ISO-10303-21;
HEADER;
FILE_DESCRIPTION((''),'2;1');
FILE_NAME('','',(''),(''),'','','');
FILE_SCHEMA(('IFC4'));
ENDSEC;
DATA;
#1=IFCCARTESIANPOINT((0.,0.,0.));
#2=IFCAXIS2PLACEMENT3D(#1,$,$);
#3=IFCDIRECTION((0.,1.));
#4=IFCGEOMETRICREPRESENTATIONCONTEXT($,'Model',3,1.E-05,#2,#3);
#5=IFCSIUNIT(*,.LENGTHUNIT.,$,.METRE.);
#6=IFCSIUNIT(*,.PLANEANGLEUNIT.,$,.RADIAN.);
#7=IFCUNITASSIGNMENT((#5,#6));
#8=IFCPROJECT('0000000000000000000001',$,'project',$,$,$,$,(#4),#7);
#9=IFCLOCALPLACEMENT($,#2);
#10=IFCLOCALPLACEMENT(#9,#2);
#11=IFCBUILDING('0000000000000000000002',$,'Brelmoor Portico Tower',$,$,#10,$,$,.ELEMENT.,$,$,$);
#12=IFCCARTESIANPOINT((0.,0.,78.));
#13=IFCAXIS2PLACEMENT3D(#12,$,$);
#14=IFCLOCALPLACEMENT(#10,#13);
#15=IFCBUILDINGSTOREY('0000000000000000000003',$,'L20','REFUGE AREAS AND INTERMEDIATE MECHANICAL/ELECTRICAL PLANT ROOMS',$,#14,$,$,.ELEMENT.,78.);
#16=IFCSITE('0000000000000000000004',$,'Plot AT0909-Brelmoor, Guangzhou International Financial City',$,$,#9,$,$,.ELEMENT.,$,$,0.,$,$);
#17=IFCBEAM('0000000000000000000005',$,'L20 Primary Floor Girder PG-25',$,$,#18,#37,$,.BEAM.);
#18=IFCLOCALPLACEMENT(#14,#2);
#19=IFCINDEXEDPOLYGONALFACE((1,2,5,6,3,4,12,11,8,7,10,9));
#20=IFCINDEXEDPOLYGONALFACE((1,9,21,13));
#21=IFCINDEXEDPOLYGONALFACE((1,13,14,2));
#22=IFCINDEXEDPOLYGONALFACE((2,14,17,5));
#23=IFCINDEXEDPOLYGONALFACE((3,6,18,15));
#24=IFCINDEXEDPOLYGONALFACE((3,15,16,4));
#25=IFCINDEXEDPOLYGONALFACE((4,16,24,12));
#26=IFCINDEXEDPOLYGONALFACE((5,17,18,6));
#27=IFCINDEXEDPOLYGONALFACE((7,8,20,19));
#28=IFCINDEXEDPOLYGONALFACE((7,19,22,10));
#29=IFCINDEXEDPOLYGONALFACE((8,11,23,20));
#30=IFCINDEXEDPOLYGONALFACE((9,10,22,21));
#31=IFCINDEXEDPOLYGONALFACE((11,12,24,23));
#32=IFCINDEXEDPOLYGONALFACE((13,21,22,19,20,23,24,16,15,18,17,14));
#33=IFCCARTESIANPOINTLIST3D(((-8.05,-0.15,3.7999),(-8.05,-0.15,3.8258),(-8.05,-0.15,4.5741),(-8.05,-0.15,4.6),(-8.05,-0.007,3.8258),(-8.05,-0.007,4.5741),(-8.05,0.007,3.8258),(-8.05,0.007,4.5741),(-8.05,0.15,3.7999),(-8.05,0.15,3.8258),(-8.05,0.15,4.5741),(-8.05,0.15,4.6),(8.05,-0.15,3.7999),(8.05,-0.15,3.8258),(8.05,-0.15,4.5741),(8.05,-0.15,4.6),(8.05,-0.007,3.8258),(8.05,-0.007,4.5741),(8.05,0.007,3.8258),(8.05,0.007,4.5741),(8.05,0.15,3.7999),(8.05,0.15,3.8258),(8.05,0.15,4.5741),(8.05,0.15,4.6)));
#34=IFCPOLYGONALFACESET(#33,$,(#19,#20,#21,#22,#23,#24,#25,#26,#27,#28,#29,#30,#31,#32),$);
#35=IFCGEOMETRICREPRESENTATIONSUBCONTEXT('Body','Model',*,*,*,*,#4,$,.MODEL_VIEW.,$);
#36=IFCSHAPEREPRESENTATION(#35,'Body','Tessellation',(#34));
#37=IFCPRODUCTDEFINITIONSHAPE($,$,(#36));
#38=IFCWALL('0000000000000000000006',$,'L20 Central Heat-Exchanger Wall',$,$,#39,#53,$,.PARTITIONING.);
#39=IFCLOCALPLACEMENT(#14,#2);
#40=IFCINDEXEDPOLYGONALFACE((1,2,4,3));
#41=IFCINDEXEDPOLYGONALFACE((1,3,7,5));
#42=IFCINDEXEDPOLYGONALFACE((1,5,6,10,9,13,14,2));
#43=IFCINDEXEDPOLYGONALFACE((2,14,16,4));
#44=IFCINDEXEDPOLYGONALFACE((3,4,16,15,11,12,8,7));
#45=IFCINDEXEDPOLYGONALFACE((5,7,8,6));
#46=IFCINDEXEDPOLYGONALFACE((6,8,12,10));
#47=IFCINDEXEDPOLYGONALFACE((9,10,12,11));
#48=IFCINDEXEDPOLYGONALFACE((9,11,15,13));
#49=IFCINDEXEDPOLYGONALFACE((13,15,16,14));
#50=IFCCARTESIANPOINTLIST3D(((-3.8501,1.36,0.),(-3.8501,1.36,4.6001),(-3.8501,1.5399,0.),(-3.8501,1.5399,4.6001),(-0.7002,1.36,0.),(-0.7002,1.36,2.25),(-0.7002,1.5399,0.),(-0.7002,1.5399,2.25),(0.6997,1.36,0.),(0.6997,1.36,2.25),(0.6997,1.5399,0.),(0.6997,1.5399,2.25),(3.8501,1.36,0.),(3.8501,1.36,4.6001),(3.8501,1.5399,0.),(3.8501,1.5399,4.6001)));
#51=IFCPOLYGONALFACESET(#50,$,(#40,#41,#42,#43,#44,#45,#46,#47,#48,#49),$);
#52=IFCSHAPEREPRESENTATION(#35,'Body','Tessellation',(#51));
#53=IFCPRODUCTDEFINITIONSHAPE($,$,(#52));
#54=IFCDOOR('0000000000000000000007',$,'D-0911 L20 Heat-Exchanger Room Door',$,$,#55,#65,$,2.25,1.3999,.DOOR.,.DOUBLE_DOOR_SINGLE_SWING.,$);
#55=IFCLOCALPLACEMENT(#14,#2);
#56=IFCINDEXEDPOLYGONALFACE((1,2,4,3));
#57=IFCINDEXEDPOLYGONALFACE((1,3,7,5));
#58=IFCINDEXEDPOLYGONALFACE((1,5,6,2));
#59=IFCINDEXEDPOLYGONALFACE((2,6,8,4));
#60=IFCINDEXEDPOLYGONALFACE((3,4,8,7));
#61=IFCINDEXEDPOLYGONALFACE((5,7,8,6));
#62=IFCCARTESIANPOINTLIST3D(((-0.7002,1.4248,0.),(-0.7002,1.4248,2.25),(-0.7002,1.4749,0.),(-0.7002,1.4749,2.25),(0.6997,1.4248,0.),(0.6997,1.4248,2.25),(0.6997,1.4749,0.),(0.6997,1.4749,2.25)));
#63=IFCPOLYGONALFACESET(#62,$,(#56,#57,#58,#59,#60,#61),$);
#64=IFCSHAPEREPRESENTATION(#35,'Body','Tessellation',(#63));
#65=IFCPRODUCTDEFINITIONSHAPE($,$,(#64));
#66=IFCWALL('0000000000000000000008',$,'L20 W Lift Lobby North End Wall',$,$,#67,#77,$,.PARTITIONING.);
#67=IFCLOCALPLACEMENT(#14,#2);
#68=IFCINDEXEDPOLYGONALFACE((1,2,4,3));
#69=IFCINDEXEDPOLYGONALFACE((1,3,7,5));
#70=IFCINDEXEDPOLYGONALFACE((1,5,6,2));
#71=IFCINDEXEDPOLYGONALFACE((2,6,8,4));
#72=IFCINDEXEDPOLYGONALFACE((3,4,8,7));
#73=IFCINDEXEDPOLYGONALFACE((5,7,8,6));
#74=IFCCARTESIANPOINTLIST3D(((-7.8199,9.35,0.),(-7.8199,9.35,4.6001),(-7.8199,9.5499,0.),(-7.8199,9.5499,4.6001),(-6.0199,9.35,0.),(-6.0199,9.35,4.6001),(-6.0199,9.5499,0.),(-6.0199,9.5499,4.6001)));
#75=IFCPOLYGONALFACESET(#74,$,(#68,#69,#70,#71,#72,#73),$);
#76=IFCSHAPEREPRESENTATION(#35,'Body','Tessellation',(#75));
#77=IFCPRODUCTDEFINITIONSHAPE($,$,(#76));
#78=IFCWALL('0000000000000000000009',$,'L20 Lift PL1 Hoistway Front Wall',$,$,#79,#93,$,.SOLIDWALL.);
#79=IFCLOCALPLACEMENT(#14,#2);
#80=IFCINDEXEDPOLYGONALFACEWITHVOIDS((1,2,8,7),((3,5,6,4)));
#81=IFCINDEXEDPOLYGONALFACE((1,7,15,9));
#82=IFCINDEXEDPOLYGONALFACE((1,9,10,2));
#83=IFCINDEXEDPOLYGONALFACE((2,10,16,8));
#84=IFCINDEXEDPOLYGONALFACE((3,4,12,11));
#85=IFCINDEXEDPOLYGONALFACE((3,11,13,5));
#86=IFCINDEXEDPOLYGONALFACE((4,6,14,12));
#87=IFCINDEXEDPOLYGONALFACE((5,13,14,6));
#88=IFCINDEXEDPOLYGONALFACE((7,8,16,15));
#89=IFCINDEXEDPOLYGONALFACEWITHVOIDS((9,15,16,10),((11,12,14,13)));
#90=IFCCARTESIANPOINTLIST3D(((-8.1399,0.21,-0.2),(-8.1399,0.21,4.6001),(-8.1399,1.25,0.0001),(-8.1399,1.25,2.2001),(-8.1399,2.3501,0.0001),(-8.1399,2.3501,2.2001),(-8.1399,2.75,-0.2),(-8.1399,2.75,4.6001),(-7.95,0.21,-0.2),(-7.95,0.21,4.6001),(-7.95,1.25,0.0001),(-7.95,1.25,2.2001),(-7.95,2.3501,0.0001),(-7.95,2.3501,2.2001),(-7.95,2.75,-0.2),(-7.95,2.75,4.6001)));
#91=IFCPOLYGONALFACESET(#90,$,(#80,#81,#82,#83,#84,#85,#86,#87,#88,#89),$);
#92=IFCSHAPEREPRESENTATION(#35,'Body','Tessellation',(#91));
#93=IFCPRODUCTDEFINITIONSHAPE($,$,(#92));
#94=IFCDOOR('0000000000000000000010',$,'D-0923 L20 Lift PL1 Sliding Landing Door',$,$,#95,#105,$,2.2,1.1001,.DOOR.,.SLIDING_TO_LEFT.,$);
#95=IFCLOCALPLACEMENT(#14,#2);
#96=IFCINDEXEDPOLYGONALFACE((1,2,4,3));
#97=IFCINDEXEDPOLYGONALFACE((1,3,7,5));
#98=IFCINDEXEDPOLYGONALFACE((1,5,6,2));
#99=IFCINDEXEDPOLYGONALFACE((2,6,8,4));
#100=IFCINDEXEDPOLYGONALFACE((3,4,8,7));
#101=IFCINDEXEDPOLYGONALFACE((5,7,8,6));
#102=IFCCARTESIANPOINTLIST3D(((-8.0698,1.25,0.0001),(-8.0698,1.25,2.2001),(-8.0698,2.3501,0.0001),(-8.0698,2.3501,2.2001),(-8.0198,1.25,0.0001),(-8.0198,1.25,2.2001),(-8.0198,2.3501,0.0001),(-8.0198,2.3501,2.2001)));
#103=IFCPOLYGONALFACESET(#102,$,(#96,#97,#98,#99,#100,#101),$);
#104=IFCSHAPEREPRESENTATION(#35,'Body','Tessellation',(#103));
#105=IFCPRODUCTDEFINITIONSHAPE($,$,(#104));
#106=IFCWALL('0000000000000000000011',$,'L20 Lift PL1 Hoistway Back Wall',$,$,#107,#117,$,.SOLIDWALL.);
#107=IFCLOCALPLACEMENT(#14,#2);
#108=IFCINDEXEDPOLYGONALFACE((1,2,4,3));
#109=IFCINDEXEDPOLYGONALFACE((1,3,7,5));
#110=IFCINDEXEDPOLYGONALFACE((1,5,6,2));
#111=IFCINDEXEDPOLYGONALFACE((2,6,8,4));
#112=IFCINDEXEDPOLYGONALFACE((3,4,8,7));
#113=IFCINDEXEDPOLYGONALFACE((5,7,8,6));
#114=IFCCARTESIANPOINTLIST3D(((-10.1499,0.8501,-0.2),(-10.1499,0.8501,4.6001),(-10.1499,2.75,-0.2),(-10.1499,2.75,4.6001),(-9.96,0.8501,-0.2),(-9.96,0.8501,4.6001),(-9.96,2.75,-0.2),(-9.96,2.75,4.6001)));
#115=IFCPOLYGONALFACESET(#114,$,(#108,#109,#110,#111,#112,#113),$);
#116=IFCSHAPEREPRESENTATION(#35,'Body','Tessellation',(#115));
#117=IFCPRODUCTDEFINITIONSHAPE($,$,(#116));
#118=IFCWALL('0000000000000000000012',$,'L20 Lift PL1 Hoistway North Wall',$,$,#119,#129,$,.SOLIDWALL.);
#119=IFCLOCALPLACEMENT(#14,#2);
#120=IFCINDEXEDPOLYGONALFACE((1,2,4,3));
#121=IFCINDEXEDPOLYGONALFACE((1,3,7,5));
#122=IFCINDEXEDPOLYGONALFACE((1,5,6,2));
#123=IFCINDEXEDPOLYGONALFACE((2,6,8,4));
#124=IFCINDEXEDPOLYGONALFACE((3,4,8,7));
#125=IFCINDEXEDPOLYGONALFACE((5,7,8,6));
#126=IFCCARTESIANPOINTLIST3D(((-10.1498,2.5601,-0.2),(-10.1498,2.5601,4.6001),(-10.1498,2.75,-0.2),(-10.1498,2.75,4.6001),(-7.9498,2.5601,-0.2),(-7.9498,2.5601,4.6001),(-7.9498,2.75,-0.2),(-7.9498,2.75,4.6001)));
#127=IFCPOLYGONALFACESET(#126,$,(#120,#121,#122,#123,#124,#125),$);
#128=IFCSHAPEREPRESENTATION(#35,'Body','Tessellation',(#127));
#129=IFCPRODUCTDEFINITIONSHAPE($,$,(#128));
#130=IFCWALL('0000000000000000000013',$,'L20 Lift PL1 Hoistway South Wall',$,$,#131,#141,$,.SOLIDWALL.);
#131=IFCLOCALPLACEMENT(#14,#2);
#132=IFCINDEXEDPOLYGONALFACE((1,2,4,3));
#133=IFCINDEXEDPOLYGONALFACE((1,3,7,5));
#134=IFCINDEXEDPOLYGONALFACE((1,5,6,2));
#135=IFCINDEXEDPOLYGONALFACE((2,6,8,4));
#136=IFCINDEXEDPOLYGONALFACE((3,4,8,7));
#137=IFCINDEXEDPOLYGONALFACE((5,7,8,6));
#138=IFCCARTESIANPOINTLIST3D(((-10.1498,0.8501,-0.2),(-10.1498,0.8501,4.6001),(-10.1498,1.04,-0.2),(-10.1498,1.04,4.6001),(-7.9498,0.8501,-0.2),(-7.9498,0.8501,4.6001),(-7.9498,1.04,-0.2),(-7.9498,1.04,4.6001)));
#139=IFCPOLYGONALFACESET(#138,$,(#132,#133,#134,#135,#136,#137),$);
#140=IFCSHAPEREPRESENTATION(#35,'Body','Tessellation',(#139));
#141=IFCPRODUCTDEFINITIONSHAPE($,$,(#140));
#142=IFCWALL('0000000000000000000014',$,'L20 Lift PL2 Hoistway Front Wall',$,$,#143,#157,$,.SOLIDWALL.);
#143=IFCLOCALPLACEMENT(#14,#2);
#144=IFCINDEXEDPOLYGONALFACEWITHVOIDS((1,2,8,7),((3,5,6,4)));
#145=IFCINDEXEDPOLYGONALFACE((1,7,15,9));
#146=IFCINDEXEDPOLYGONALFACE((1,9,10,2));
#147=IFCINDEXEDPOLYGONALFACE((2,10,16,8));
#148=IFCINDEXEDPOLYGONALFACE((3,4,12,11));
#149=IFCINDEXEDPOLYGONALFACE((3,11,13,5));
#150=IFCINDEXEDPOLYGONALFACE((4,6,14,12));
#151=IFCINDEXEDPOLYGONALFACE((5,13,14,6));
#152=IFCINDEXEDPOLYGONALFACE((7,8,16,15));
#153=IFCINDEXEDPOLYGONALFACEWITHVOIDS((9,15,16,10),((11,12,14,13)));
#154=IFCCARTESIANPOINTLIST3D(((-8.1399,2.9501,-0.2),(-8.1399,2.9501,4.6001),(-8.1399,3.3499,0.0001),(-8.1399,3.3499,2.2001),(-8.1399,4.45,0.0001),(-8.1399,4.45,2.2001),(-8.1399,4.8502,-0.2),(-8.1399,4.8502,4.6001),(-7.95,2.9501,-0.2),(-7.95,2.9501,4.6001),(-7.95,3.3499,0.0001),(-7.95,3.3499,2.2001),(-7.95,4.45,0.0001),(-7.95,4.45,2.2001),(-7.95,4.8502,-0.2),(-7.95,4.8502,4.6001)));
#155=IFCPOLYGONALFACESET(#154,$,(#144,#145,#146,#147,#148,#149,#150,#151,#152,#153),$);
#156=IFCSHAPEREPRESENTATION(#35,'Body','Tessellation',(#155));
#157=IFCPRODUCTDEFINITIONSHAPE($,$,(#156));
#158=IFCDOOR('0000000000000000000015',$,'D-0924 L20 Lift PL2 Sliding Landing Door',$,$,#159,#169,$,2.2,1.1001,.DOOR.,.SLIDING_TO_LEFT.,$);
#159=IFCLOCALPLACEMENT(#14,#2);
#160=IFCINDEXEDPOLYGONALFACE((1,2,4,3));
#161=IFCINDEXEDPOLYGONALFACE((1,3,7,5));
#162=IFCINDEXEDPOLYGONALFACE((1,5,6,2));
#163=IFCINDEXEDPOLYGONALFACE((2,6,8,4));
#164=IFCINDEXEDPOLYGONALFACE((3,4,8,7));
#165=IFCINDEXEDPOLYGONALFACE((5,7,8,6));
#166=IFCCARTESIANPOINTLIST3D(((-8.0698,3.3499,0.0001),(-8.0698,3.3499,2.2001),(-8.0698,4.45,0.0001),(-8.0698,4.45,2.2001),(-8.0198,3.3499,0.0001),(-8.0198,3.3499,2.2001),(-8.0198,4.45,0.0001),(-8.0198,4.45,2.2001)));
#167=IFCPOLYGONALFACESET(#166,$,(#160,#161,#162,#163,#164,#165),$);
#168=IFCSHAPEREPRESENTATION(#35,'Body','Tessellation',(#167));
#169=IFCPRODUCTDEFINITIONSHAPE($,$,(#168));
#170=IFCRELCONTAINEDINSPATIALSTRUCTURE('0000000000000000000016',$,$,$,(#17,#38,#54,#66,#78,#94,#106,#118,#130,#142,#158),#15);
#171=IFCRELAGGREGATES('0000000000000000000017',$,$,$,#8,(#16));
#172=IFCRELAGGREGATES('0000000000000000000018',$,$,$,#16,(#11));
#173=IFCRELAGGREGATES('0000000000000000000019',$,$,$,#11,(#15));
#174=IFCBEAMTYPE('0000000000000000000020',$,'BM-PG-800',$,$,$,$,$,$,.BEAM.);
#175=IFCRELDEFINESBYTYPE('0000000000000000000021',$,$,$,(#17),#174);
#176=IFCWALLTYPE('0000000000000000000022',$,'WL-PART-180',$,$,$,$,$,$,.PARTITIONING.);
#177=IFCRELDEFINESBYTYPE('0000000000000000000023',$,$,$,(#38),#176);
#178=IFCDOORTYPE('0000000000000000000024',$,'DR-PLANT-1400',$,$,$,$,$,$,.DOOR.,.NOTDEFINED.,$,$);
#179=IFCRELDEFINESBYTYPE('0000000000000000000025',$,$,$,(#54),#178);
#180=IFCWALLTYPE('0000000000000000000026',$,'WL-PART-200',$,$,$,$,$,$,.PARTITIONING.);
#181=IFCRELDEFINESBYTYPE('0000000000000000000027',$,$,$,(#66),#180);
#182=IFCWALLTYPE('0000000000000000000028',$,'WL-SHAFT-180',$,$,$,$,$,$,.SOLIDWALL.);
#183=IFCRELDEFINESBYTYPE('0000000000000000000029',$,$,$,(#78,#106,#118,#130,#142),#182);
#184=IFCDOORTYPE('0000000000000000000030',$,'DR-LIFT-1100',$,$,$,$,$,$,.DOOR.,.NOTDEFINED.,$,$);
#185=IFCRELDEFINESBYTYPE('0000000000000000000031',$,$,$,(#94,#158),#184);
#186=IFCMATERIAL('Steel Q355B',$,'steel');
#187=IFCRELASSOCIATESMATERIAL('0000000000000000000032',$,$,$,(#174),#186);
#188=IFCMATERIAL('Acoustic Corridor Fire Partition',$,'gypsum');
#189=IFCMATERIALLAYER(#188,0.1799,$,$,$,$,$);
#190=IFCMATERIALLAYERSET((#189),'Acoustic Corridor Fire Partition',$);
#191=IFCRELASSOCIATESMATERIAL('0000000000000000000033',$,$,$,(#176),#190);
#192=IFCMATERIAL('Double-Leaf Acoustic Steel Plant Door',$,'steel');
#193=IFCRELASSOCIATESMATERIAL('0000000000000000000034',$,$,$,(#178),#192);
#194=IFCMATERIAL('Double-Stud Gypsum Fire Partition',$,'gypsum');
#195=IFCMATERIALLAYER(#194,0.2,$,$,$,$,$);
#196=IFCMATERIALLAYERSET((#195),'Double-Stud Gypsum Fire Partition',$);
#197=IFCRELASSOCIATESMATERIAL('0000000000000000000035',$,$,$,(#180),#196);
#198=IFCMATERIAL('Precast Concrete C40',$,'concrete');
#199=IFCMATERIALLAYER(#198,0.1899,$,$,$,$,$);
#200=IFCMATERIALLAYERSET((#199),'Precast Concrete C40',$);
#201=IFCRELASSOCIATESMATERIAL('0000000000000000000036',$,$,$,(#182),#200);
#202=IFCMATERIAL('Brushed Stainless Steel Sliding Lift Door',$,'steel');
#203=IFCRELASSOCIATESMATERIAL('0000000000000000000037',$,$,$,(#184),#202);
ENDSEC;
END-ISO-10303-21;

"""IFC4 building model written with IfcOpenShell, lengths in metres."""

from ifc_helpers import new_model, si_unit, direction, frame, frame_2d, origin, origin_2d, place, context, subcontext, project, spatial, rectangle, i_section, extrude, material, layer, layer_set, material_profile, profile_set, type_object, element, fill, save


model = new_model("IFC4")

# Units and contexts
model_context = context("Model", 3, precision=1e-05, world=origin(), true_north=direction((0.0, 1.0)))
body_context = subcontext(model_context, "Body", "Model", "MODEL_VIEW")
ifc_project = project(units=[si_unit("LENGTHUNIT", "METRE"), si_unit("PLANEANGLEUNIT", "RADIAN")], contexts=[model_context])

# Site, building, storey
site_placement = place(None, origin())
site = spatial("IfcSite", under=ifc_project, at=site_placement, Name="Plot AT0909-Brelmoor, Guangzhou International Financial City", CompositionType="ELEMENT", RefElevation=0.0)
building_placement = place(site_placement, origin())
building = spatial("IfcBuilding", under=site, at=building_placement, Name="Brelmoor Portico Tower", CompositionType="ELEMENT")
storey_placement = place(building_placement, frame((0.0, 0.0, 78.0)))
storey = spatial("IfcBuildingStorey", under=building, at=storey_placement, Name="L20", Description="REFUGE AREAS AND INTERMEDIATE MECHANICAL/ELECTRICAL PLANT ROOMS", CompositionType="ELEMENT", Elevation=78.0)

# Beam
ifc_material_1 = material(Name="Steel Q355B", Category="steel")
ifc_material_profile = material_profile(ifc_material_1, i_section(OverallWidth=0.3, OverallDepth=0.8, WebThickness=0.0139, FlangeThickness=0.0259, at=origin_2d()), Name="HN 800x300x14x26")
ifc_profile_set = profile_set([ifc_material_profile], Name="Steel Q355B")
beam_type = type_object("IfcBeamType", Name="BM-PG-800", PredefinedType="BEAM", material=ifc_profile_set)
beam_placement = place(storey_placement, frame((-8.05, 0.0, 4.2), z_axis=(1.0, 0.0, 0.0), x_axis=(0.0, 1.0, 0.0)))
element("IfcBeam", 1, at=beam_placement, inside=storey, type_object=beam_type, Name="L20 Primary Floor Girder PG-25", PredefinedType="BEAM", context=body_context, shape_type="SweptSolid", body=[
    extrude(i_section(OverallWidth=0.3, OverallDepth=0.8, WebThickness=0.0139, FlangeThickness=0.0259, at=origin_2d()), origin(), (0.0, 0.0, 1.0), 16.1001),
])

# Wall, opening, door
ifc_material_2 = material(Name="Acoustic Corridor Fire Partition", Category="gypsum")
ifc_layer_1 = layer(ifc_material_2, 0.1799)
ifc_layer_set_1 = layer_set([ifc_layer_1], Name="Acoustic Corridor Fire Partition")
wall_type_1 = type_object("IfcWallType", Name="WL-PART-180", PredefinedType="PARTITIONING", material=ifc_layer_set_1)
wall_1_placement = place(storey_placement, frame((-3.8501, 1.45, 0.0), z_axis=(0.0, 0.0, 1.0), x_axis=(1.0, 0.0, 0.0)))
wall_1 = element("IfcWall", 2, at=wall_1_placement, inside=storey, type_object=wall_type_1, Name="L20 Central Heat-Exchanger Wall", PredefinedType="PARTITIONING", context=body_context, shape_type="SweptSolid", body=[
    extrude(rectangle(XDim=7.7002, YDim=0.1799, at=frame_2d((3.8501, 0.0))), origin(), (0.0, 0.0, 1.0), 4.6001),
])
opening_1_placement = place(wall_1_placement, frame((3.1499, 0.0, 0.0)))
opening_1 = element("IfcOpeningElement", 3, at=opening_1_placement, cuts=wall_1, PredefinedType="OPENING", context=body_context, shape_type="SweptSolid", body=[
    extrude(rectangle(XDim=1.3999, YDim=2.25, at=frame_2d((0.7, 1.125))), frame((0.0, 0.0999, 0.0), z_axis=(0.0, -1.0, 0.0), x_axis=(1.0, 0.0, 0.0)), (0.0, 0.0, 1.0), 0.2),
])
ifc_material_3 = material(Name="Double-Leaf Acoustic Steel Plant Door", Category="steel")
door_type_1 = type_object("IfcDoorType", Name="DR-PLANT-1400", OperationType="NOTDEFINED", PredefinedType="DOOR", material=ifc_material_3)
door_1_placement = place(opening_1_placement, origin())
door_1 = element("IfcDoor", 4, at=door_1_placement, inside=storey, type_object=door_type_1, Name="D-0911 L20 Heat-Exchanger Room Door", OperationType="DOUBLE_DOOR_SINGLE_SWING", OverallHeight=2.25, OverallWidth=1.3999, PredefinedType="DOOR", context=body_context, shape_type="SweptSolid", body=[
    extrude(rectangle(XDim=1.3999, YDim=2.25, at=frame_2d((0.7, 1.125))), frame((0.0, 0.0249, 0.0), z_axis=(0.0, -1.0, 0.0), x_axis=(1.0, 0.0, 0.0)), (0.0, 0.0, 1.0), 0.05),
])
fill(opening_1, door_1)

# Wall
ifc_material_4 = material(Name="Double-Stud Gypsum Fire Partition", Category="gypsum")
ifc_layer_2 = layer(ifc_material_4, 0.2)
ifc_layer_set_2 = layer_set([ifc_layer_2], Name="Double-Stud Gypsum Fire Partition")
wall_type_2 = type_object("IfcWallType", Name="WL-PART-200", PredefinedType="PARTITIONING", material=ifc_layer_set_2)
wall_2_placement = place(storey_placement, frame((-6.02, 9.45, 0.0), z_axis=(0.0, 0.0, 1.0), x_axis=(-1.0, 0.0, 0.0)))
element("IfcWall", 5, at=wall_2_placement, inside=storey, type_object=wall_type_2, Name="L20 W Lift Lobby North End Wall", PredefinedType="PARTITIONING", context=body_context, shape_type="SweptSolid", body=[
    extrude(rectangle(XDim=1.8, YDim=0.2, at=frame_2d((0.8999, 0.0))), origin(), (0.0, 0.0, 1.0), 4.6001),
])

# Wall, opening, door
ifc_material_5 = material(Name="Precast Concrete C40", Category="concrete")
ifc_layer_3 = layer(ifc_material_5, 0.1899)
ifc_layer_set_3 = layer_set([ifc_layer_3], Name="Precast Concrete C40")
wall_type_3 = type_object("IfcWallType", Name="WL-SHAFT-180", PredefinedType="SOLIDWALL", material=ifc_layer_set_3)
wall_3_placement = place(storey_placement, frame((-8.0449, 0.21, -0.2), z_axis=(0.0, 0.0, 1.0), x_axis=(0.0, 1.0, 0.0)))
wall_3 = element("IfcWall", 6, at=wall_3_placement, inside=storey, type_object=wall_type_3, Name="L20 Lift PL1 Hoistway Front Wall", PredefinedType="SOLIDWALL", context=body_context, shape_type="SweptSolid", body=[
    extrude(rectangle(XDim=2.54, YDim=0.1899, at=frame_2d((1.27, 0.0))), origin(), (0.0, 0.0, 1.0), 4.8),
])
opening_2_placement = place(wall_3_placement, frame((1.04, 0.0, 0.2)))
opening_2 = element("IfcOpeningElement", 7, at=opening_2_placement, cuts=wall_3, PredefinedType="OPENING", context=body_context, shape_type="SweptSolid", body=[
    extrude(rectangle(XDim=1.1001, YDim=2.2, at=frame_2d((0.55, 1.1001))), frame((0.0, 0.105, 0.0), z_axis=(0.0, -1.0, 0.0), x_axis=(1.0, 0.0, 0.0)), (0.0, 0.0, 1.0), 0.21),
])
ifc_material_6 = material(Name="Brushed Stainless Steel Sliding Lift Door", Category="steel")
door_type_2 = type_object("IfcDoorType", Name="DR-LIFT-1100", OperationType="NOTDEFINED", PredefinedType="DOOR", material=ifc_material_6)
door_2_placement = place(opening_2_placement, origin())
door_2 = element("IfcDoor", 8, at=door_2_placement, inside=storey, type_object=door_type_2, Name="D-0923 L20 Lift PL1 Sliding Landing Door", OperationType="SLIDING_TO_LEFT", OverallHeight=2.2, OverallWidth=1.1001, PredefinedType="DOOR", context=body_context, shape_type="SweptSolid", body=[
    extrude(rectangle(XDim=1.1001, YDim=2.2, at=frame_2d((0.55, 1.1001))), frame((0.0, 0.0249, 0.0), z_axis=(0.0, -1.0, 0.0), x_axis=(1.0, 0.0, 0.0)), (0.0, 0.0, 1.0), 0.05),
])
fill(opening_2, door_2)

# Walls
wall_4_placement = place(storey_placement, frame((-10.0549, 0.8501, -0.2), z_axis=(0.0, 0.0, 1.0), x_axis=(0.0, 1.0, 0.0)))
element("IfcWall", 9, at=wall_4_placement, inside=storey, type_object=wall_type_3, Name="L20 Lift PL1 Hoistway Back Wall", PredefinedType="SOLIDWALL", context=body_context, shape_type="SweptSolid", body=[
    extrude(rectangle(XDim=1.8999, YDim=0.1899, at=frame_2d((0.95, 0.0))), origin(), (0.0, 0.0, 1.0), 4.8),
])
for number, where, z_axis, x_axis, name in (
    (10, (-10.1499, 2.655, -0.2), (0.0, 0.0, 1.0), (1.0, 0.0, 0.0), "L20 Lift PL1 Hoistway North Wall"),
    (11, (-10.1499, 0.9451, -0.2), (0.0, 0.0, 1.0), (1.0, 0.0, 0.0), "L20 Lift PL1 Hoistway South Wall"),
):
    element("IfcWall", number, at=place(storey_placement, frame(where, z_axis=z_axis, x_axis=x_axis)), inside=storey, type_object=wall_type_3, Name=name, PredefinedType="SOLIDWALL", context=body_context, shape_type="SweptSolid", body=[
        extrude(rectangle(XDim=2.2, YDim=0.1899, at=frame_2d((1.1001, 0.0))), origin(), (0.0, 0.0, 1.0), 4.8),
    ])

# Wall, opening, door
wall_5_placement = place(storey_placement, frame((-8.0449, 2.95, -0.2), z_axis=(0.0, 0.0, 1.0), x_axis=(0.0, 1.0, 0.0)))
wall_5 = element("IfcWall", 12, at=wall_5_placement, inside=storey, type_object=wall_type_3, Name="L20 Lift PL2 Hoistway Front Wall", PredefinedType="SOLIDWALL", context=body_context, shape_type="SweptSolid", body=[
    extrude(rectangle(XDim=1.9001, YDim=0.1899, at=frame_2d((0.9502, 0.0))), origin(), (0.0, 0.0, 1.0), 4.8),
])
opening_3_placement = place(wall_5_placement, frame((0.3999, 0.0, 0.2)))
opening_3 = element("IfcOpeningElement", 13, at=opening_3_placement, cuts=wall_5, PredefinedType="OPENING", context=body_context, shape_type="SweptSolid", body=[
    extrude(rectangle(XDim=1.1001, YDim=2.2, at=frame_2d((0.55, 1.1001))), frame((0.0, 0.105, 0.0), z_axis=(0.0, -1.0, 0.0), x_axis=(1.0, 0.0, 0.0)), (0.0, 0.0, 1.0), 0.21),
])
door_3_placement = place(opening_3_placement, origin())
door_3 = element("IfcDoor", 14, at=door_3_placement, inside=storey, type_object=door_type_2, Name="D-0924 L20 Lift PL2 Sliding Landing Door", OperationType="SLIDING_TO_LEFT", OverallHeight=2.2, OverallWidth=1.1001, PredefinedType="DOOR", context=body_context, shape_type="SweptSolid", body=[
    extrude(rectangle(XDim=1.1001, YDim=2.2, at=frame_2d((0.55, 1.1001))), frame((0.0, 0.0249, 0.0), z_axis=(0.0, -1.0, 0.0), x_axis=(1.0, 0.0, 0.0)), (0.0, 0.0, 1.0), 0.05),
])
fill(opening_3, door_3)

save(model, "model.ifc")
